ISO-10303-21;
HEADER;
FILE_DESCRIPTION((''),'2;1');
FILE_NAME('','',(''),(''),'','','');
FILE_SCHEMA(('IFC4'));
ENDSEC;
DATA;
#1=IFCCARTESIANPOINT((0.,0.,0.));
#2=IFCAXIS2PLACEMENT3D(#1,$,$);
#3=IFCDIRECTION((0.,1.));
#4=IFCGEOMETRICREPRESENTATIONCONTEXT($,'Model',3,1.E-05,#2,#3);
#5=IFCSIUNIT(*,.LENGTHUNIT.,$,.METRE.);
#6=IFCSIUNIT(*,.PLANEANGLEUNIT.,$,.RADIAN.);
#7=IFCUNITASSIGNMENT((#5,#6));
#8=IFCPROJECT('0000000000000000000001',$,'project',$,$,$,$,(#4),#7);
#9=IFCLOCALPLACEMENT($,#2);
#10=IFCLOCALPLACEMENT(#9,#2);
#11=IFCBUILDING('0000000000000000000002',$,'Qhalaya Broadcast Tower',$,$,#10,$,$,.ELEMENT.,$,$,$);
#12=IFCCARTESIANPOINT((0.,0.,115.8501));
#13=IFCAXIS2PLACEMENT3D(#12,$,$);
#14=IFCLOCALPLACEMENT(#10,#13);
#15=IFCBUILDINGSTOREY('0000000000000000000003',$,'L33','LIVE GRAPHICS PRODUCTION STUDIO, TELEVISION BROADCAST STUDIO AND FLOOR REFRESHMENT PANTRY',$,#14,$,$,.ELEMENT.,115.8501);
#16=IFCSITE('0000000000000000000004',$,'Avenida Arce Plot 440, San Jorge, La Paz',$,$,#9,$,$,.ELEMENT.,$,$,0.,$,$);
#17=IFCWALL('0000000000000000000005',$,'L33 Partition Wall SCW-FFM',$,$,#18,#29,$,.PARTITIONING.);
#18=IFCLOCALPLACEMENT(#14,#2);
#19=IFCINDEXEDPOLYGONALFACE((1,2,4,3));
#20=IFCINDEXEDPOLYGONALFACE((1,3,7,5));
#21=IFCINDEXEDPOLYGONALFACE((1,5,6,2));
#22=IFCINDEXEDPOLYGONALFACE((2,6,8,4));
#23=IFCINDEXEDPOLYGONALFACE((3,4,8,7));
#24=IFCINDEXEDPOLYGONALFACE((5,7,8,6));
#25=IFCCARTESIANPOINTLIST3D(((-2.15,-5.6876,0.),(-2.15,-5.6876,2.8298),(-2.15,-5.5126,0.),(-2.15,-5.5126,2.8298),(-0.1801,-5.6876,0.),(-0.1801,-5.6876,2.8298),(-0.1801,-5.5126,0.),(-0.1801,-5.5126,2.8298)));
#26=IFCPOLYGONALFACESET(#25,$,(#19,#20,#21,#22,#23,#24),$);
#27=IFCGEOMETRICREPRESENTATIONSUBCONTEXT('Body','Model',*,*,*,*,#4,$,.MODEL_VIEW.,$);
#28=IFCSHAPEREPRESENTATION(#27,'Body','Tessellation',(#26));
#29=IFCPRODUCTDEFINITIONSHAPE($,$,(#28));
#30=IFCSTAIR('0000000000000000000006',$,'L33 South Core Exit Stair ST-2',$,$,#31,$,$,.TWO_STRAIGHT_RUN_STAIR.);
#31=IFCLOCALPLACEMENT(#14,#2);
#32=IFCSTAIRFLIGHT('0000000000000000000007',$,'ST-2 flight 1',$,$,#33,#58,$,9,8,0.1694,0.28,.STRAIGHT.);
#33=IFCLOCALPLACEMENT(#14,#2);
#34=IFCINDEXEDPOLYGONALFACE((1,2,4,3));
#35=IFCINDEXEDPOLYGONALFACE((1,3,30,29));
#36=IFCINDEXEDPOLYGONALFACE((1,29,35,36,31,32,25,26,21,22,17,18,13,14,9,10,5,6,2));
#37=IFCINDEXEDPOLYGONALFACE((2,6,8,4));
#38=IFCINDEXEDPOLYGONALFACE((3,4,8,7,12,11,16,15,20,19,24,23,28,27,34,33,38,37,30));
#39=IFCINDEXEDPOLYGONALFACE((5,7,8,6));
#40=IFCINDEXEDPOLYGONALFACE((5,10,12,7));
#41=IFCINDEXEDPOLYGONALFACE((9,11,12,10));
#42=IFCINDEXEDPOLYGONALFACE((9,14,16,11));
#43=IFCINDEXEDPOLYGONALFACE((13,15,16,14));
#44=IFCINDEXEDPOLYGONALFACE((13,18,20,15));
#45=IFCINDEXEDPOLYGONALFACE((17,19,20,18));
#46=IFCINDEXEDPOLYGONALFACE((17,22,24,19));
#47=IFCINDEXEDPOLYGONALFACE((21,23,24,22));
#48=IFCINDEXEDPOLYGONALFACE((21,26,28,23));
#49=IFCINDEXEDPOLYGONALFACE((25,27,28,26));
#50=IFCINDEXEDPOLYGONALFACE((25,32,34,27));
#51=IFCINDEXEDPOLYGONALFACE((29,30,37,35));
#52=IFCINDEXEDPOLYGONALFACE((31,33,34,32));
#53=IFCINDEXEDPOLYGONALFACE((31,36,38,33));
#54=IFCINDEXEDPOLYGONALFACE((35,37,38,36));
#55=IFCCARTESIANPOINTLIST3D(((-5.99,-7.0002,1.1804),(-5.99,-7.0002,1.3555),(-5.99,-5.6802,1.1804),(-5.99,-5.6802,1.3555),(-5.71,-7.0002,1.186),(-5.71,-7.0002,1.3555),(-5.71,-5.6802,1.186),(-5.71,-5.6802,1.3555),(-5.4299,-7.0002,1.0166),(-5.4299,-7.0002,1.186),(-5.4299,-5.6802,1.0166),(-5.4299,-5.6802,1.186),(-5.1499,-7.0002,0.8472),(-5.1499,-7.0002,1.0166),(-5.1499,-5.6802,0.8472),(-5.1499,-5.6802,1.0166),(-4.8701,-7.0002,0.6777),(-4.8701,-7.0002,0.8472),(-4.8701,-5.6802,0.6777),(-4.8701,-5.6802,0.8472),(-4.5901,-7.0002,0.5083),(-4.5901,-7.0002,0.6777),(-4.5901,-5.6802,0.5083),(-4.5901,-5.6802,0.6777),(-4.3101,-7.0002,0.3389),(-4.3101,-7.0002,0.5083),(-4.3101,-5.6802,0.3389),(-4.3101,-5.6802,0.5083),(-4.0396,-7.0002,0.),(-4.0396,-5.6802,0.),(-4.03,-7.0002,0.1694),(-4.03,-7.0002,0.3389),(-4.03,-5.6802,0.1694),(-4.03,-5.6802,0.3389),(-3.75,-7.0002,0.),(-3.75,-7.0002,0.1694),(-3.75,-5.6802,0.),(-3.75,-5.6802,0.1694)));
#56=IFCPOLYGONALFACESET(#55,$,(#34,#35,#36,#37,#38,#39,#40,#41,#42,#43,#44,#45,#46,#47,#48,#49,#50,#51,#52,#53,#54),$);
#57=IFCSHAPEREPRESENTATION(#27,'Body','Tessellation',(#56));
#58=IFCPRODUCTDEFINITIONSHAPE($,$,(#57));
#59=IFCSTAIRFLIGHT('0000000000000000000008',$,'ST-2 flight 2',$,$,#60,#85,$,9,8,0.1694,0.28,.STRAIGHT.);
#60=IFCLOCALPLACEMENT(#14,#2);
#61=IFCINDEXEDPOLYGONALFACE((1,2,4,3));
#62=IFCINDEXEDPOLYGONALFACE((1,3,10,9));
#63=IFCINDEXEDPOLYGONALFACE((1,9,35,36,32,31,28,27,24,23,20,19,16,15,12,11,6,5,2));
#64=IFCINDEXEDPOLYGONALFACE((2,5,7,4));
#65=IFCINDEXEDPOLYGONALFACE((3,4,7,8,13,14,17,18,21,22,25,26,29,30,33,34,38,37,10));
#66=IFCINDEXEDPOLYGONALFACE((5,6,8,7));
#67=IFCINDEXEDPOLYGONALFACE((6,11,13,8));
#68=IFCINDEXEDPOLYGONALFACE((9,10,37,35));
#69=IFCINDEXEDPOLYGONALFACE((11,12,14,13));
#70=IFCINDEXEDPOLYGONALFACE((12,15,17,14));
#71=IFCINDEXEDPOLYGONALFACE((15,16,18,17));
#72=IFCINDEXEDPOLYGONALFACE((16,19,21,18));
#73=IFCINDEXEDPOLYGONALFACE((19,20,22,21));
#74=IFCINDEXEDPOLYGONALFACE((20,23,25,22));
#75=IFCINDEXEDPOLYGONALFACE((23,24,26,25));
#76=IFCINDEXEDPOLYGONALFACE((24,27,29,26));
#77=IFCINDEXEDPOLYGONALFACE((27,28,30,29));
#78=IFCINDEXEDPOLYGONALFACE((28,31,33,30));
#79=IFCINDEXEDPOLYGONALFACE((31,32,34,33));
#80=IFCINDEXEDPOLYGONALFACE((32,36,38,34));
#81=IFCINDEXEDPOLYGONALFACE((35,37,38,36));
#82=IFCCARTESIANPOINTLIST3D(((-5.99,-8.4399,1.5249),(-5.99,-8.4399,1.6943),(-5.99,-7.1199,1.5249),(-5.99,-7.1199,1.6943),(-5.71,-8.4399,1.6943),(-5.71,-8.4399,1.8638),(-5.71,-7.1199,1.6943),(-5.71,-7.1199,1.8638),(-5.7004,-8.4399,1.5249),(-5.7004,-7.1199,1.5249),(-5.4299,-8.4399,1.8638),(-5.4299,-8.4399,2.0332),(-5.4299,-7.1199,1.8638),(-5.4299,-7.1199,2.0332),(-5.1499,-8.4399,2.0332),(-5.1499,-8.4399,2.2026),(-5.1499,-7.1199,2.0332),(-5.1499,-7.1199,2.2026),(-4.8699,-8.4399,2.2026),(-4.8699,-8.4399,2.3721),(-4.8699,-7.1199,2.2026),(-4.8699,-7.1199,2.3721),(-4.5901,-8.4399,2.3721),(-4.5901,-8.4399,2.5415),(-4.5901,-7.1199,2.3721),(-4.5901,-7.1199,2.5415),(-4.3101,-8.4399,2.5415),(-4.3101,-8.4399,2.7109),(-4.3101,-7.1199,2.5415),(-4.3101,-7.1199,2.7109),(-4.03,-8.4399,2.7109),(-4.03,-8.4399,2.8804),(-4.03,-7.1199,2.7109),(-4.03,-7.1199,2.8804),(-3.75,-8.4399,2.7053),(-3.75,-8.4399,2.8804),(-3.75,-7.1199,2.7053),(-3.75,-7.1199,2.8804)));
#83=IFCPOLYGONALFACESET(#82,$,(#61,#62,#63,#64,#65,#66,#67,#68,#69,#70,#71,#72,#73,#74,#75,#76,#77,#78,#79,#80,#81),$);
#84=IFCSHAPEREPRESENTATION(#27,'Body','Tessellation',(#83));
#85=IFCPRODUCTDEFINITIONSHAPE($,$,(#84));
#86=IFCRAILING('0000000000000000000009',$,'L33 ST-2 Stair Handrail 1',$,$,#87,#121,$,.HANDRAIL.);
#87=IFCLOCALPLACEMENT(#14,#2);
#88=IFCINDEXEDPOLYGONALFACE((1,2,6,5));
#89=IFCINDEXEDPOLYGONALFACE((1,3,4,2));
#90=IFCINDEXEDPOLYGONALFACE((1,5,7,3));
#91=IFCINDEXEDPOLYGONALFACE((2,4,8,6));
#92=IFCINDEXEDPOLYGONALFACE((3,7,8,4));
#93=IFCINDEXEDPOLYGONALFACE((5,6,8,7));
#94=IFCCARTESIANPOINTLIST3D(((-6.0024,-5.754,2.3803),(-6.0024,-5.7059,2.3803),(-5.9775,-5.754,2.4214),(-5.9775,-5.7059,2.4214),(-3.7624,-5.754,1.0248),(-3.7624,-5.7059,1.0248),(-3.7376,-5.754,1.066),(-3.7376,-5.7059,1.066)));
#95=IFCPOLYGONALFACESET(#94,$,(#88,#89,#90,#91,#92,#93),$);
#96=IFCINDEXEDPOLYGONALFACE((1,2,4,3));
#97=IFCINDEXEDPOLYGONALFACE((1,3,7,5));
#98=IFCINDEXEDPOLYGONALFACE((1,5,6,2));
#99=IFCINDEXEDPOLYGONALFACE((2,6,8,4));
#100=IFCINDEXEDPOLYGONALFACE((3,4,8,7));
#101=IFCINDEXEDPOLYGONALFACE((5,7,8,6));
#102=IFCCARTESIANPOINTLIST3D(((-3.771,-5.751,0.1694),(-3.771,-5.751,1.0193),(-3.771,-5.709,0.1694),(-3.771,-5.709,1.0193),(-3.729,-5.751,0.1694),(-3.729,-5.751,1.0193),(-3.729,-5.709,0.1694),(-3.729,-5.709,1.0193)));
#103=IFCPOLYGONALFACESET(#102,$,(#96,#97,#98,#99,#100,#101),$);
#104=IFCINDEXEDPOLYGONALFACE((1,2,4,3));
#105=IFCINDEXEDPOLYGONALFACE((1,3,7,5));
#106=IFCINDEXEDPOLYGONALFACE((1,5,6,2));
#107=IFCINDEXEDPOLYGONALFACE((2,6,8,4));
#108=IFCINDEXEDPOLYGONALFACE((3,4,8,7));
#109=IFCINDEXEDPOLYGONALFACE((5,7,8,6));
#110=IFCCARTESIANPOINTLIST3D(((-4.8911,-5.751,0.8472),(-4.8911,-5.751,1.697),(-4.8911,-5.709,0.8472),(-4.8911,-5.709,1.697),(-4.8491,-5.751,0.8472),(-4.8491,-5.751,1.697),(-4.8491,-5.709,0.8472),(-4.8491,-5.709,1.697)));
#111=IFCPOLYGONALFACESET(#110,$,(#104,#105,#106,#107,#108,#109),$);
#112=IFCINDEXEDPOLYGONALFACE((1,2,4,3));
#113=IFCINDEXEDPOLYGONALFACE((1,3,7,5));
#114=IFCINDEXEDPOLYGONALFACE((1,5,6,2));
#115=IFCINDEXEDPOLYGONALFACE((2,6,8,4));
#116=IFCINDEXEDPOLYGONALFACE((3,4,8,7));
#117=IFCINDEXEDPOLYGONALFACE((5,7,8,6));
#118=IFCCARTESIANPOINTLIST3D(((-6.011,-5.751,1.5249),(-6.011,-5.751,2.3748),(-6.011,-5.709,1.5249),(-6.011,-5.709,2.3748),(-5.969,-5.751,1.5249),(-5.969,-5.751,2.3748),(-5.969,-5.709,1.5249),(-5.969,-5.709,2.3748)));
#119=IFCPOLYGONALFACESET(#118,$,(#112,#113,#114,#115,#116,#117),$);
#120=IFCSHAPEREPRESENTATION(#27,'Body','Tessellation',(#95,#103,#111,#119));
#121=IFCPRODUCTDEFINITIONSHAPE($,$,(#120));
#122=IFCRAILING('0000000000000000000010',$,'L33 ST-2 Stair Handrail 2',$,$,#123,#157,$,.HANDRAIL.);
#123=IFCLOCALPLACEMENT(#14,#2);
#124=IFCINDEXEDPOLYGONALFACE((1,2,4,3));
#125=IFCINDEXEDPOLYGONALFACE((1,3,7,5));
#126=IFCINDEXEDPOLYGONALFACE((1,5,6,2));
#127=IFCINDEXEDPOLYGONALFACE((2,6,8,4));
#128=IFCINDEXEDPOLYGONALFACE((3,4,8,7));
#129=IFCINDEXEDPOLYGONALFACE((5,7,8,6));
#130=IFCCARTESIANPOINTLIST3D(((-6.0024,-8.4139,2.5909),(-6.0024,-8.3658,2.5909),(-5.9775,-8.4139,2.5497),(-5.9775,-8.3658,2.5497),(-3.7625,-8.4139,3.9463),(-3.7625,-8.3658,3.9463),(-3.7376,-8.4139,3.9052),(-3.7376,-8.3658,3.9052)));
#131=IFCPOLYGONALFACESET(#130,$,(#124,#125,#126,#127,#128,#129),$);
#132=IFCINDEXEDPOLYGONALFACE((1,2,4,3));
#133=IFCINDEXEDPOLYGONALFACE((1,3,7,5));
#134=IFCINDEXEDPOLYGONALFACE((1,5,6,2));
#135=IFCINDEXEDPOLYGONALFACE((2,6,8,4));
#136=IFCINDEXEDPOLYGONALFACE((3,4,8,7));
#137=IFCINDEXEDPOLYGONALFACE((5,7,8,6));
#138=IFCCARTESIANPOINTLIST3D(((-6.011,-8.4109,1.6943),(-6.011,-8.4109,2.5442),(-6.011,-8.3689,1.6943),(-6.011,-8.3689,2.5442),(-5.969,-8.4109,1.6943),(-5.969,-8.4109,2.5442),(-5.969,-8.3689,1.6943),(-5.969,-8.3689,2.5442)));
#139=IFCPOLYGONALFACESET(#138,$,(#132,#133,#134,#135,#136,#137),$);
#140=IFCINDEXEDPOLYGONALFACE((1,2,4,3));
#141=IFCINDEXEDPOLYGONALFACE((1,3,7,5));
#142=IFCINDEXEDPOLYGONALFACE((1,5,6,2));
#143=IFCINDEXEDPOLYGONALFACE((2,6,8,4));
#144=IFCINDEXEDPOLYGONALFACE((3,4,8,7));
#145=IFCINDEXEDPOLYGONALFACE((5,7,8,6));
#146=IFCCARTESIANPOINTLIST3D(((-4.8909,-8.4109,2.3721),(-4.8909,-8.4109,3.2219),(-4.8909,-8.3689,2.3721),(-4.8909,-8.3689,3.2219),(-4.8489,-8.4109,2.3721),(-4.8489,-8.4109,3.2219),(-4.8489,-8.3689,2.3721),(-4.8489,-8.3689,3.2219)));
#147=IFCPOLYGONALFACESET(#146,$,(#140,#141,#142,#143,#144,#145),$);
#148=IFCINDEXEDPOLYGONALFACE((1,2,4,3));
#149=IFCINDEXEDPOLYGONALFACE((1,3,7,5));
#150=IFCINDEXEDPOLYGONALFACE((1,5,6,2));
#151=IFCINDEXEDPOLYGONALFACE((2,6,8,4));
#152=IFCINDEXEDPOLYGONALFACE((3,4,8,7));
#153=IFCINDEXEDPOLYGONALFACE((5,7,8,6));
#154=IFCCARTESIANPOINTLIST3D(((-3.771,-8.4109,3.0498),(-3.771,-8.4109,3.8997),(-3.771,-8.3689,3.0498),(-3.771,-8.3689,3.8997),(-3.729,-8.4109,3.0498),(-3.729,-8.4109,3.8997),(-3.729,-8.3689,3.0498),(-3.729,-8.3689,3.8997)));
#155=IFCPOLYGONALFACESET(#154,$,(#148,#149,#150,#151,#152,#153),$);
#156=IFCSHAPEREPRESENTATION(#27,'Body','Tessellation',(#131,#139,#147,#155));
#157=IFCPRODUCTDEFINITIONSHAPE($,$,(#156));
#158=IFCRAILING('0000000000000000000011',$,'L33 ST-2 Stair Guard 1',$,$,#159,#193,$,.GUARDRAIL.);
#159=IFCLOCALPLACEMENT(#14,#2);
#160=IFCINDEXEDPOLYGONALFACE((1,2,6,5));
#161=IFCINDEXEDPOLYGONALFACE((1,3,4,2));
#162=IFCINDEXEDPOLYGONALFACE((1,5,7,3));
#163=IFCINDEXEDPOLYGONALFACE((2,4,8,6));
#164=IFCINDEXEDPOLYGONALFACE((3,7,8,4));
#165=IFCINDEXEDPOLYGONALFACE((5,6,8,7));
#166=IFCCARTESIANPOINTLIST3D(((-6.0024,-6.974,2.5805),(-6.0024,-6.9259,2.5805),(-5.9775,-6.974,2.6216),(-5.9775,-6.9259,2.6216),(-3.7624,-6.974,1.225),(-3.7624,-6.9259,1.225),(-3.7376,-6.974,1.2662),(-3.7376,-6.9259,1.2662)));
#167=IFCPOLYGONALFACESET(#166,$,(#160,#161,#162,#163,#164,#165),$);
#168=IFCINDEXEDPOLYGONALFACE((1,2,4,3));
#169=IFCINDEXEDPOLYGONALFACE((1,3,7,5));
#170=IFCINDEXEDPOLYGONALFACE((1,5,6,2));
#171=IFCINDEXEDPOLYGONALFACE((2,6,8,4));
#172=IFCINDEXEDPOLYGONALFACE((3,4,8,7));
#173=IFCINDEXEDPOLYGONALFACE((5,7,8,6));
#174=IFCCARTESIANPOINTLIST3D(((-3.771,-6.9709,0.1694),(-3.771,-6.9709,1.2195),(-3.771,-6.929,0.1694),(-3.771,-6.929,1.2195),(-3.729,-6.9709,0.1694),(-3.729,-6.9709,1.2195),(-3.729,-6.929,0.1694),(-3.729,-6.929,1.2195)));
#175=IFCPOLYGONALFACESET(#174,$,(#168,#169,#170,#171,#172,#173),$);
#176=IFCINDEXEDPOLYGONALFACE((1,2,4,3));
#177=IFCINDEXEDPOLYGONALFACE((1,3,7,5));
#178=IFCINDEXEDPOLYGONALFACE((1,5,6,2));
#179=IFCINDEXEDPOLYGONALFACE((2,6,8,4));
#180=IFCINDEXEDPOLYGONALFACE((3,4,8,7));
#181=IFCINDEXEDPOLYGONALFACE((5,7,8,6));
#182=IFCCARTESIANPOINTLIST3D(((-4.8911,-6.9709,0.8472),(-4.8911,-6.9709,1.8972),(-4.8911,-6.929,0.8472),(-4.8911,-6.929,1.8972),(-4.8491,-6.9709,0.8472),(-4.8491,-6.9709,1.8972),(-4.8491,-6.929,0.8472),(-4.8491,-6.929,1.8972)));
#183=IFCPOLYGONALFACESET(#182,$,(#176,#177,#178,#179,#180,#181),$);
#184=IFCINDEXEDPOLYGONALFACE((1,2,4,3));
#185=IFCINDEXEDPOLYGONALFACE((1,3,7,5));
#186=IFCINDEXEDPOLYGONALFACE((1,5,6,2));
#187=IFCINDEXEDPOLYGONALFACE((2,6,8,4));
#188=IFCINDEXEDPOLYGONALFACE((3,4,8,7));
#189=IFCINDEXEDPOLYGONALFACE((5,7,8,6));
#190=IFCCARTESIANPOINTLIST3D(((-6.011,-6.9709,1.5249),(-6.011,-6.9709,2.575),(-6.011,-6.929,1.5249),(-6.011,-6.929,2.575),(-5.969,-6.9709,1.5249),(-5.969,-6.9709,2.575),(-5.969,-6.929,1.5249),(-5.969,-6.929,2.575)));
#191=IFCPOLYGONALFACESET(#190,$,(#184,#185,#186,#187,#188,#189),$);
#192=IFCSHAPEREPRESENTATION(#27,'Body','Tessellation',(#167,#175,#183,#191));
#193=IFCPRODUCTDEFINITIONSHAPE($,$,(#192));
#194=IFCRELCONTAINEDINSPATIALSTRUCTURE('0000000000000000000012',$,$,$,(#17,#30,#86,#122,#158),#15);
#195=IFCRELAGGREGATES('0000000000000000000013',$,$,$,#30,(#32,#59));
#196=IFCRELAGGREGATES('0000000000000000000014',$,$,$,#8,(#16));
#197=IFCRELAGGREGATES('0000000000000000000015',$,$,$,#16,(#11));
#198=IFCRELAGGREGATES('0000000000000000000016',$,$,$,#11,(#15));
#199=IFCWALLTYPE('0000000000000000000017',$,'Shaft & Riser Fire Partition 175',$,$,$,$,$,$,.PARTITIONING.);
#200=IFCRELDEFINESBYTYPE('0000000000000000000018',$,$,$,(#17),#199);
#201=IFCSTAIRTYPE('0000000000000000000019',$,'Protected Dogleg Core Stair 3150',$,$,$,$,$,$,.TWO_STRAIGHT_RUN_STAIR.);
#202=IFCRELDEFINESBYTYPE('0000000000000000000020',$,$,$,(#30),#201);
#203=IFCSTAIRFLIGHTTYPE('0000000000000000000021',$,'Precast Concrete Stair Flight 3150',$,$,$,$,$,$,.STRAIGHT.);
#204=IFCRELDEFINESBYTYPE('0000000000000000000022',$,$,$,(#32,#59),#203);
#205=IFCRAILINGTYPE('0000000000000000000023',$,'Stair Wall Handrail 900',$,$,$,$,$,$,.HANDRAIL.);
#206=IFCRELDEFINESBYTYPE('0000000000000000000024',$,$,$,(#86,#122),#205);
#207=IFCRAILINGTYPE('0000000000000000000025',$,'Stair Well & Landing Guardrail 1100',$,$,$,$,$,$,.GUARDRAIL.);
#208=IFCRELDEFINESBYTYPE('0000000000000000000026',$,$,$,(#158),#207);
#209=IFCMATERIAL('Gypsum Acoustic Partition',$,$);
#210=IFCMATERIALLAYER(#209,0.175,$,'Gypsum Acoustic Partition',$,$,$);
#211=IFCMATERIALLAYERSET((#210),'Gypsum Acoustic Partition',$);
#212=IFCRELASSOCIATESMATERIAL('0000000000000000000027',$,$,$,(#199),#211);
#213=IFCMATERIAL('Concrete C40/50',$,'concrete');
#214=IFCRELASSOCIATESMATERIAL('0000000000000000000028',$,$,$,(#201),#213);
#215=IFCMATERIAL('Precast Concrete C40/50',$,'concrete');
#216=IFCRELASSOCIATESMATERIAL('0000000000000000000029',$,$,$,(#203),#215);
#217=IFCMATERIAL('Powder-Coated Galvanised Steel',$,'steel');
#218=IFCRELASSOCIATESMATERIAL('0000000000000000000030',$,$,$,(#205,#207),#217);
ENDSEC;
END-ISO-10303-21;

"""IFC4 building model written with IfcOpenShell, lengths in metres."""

from ifc_helpers import new_model, si_unit, direction, frame, frame_2d, origin, origin_2d, place, context, subcontext, project, spatial, polyline, rectangle, outline, extrude, material, layer, layer_set, type_object, element, aggregate, save


model = new_model("IFC4")

# Units and contexts
model_context = context("Model", 3, precision=1e-05, world=origin(), true_north=direction((0.0, 1.0)))
body_context = subcontext(model_context, "Body", "Model", "MODEL_VIEW")
ifc_project = project(units=[si_unit("LENGTHUNIT", "METRE"), si_unit("PLANEANGLEUNIT", "RADIAN")], contexts=[model_context])

# Site, building, storey
site_placement = place(None, origin())
site = spatial("IfcSite", under=ifc_project, at=site_placement, Name="Avenida Arce Plot 440, San Jorge, La Paz", CompositionType="ELEMENT", RefElevation=0.0)
building_placement = place(site_placement, origin())
building = spatial("IfcBuilding", under=site, at=building_placement, Name="Qhalaya Broadcast Tower", CompositionType="ELEMENT")
storey_placement = place(building_placement, frame((0.0, 0.0, 115.8501)))
storey = spatial("IfcBuildingStorey", under=building, at=storey_placement, Name="L33", Description="LIVE GRAPHICS PRODUCTION STUDIO, TELEVISION BROADCAST STUDIO AND FLOOR REFRESHMENT PANTRY", CompositionType="ELEMENT", Elevation=115.8501)

# Shared definitions
ifc_material_1 = material(Name="Precast Concrete C40/50", Category="concrete")

# Wall
ifc_material_2 = material(Name="Gypsum Acoustic Partition")
ifc_layer_1 = layer(ifc_material_2, 0.175, Name="Gypsum Acoustic Partition")
ifc_layer_set_1 = layer_set([ifc_layer_1], Name="Gypsum Acoustic Partition")
wall_type_1 = type_object("IfcWallType", Name="Shaft & Riser Fire Partition 175", PredefinedType="PARTITIONING", material=ifc_layer_set_1)
wall_1_placement = place(storey_placement, frame((-2.1499, -5.6001, 0.0), z_axis=(0.0, 0.0, 1.0), x_axis=(1.0, 0.0, 0.0)))
element("IfcWall", 1, at=wall_1_placement, inside=storey, type_object=wall_type_1, Name="L33 Partition Wall SCW-FFM", PredefinedType="PARTITIONING", context=body_context, shape_type="SweptSolid", body=[
    extrude(rectangle(XDim=1.97, YDim=0.175, at=frame_2d((0.9849, 0.0))), origin(), (0.0, 0.0, 1.0), 2.8298),
])

# Stair, stair flights
ifc_material_3 = material(Name="Concrete C40/50", Category="concrete")
stair_type = type_object("IfcStairType", Name="Protected Dogleg Core Stair 3150", PredefinedType="TWO_STRAIGHT_RUN_STAIR", material=ifc_material_3)
stair_placement = place(storey_placement, origin())
stair = element("IfcStair", 2, at=stair_placement, inside=storey, type_object=stair_type, Name="L33 South Core Exit Stair ST-2", PredefinedType="TWO_STRAIGHT_RUN_STAIR")
stair_flight_type = type_object("IfcStairFlightType", Name="Precast Concrete Stair Flight 3150", PredefinedType="STRAIGHT", material=ifc_material_1)
stair_flight_1_placement = place(storey_placement, frame((-3.75, -6.3401, 0.0), z_axis=(0.0, 0.0, 1.0), x_axis=(-1.0, 0.0, 0.0)))
stair_flight_1 = element("IfcStairFlight", 3, at=stair_flight_1_placement, type_object=stair_flight_type, Name="ST-2 flight 1", NumberOfRisers=9, NumberOfTreads=8, PredefinedType="STRAIGHT", RiserHeight=0.1694, TreadLength=0.28, context=body_context, shape_type="SweptSolid", body=[
    extrude(outline(polyline([(0.0, 0.0), (0.0, 0.1694), (0.28, 0.1694), (0.28, 0.3389), (0.5601, 0.3389), (0.5601, 0.5083), (0.8401, 0.5083), (0.8401, 0.6777), (1.1201, 0.6777), (1.1201, 0.8472), (1.3999, 0.8472), (1.3999, 1.0166), (1.6799, 1.0166), (1.6799, 1.186), (1.96, 1.186), (1.96, 1.3555), (2.24, 1.3555), (2.24, 1.5249), (2.24, 1.1804), (0.2896, 0.0), (0.0, 0.0)])), frame((0.0, 0.6602, 0.0), z_axis=(0.0, -1.0, 0.0), x_axis=(1.0, 0.0, 0.0)), (0.0, 0.0, 1.0), 1.3201),
])
stair_flight_2_placement = place(storey_placement, frame((-5.99, -7.78, 1.5249), z_axis=(0.0, 0.0, 1.0), x_axis=(1.0, 0.0, 0.0)))
stair_flight_2 = element("IfcStairFlight", 4, at=stair_flight_2_placement, type_object=stair_flight_type, Name="ST-2 flight 2", NumberOfRisers=9, NumberOfTreads=8, PredefinedType="STRAIGHT", RiserHeight=0.1694, TreadLength=0.28, context=body_context, shape_type="SweptSolid", body=[
    extrude(outline(polyline([(0.0, 0.0), (0.0, 0.1694), (0.28, 0.1694), (0.28, 0.3389), (0.5601, 0.3389), (0.5601, 0.5083), (0.8401, 0.5083), (0.8401, 0.6777), (1.1201, 0.6777), (1.1201, 0.8472), (1.3999, 0.8472), (1.3999, 1.0166), (1.6799, 1.0166), (1.6799, 1.186), (1.96, 1.186), (1.96, 1.3555), (2.24, 1.3555), (2.24, 1.5249), (2.24, 1.1804), (0.2896, 0.0), (0.0, 0.0)])), frame((0.0, 0.6602, 0.0), z_axis=(0.0, -1.0, 0.0), x_axis=(1.0, 0.0, 0.0)), (0.0, 0.0, 1.0), 1.3201),
])
aggregate(stair, [stair_flight_1, stair_flight_2])

# Railings
ifc_material_4 = material(Name="Powder-Coated Galvanised Steel", Category="steel")
railing_type_1 = type_object("IfcRailingType", Name="Stair Wall Handrail 900", PredefinedType="HANDRAIL", material=ifc_material_4)
railing_1_placement = place(storey_placement, frame((-3.75, -5.73, 0.1694)))
element("IfcRailing", 5, at=railing_1_placement, inside=storey, type_object=railing_type_1, Name="L33 ST-2 Stair Handrail 1", PredefinedType="HANDRAIL", context=body_context, shape_type="SweptSolid", body=[
    extrude(rectangle(XDim=0.0481, YDim=0.0481, at=origin_2d()), frame((0.0, 0.0, 0.876), z_axis=(-0.855553, 0.0, 0.517715), x_axis=(0.0, -1.0, 0.0)), (0.0, 0.0, 1.0), 2.6182),
    extrude(rectangle(XDim=0.042, YDim=0.042, at=origin_2d()), origin(), (0.0, 0.0, 1.0), 0.8499),
    extrude(rectangle(XDim=0.042, YDim=0.042, at=origin_2d()), frame((-1.1201, 0.0, 0.6777)), (0.0, 0.0, 1.0), 0.8499),
    extrude(rectangle(XDim=0.042, YDim=0.042, at=origin_2d()), frame((-2.24, 0.0, 1.3555)), (0.0, 0.0, 1.0), 0.8499),
])
railing_2_placement = place(storey_placement, frame((-5.99, -8.3899, 1.6943)))
element("IfcRailing", 6, at=railing_2_placement, inside=storey, type_object=railing_type_1, Name="L33 ST-2 Stair Handrail 2", PredefinedType="HANDRAIL", context=body_context, shape_type="SweptSolid", body=[
    extrude(rectangle(XDim=0.0481, YDim=0.0481, at=origin_2d()), frame((0.0, 0.0, 0.876), z_axis=(0.855553, 0.0, 0.517715), x_axis=(0.0, 1.0, 0.0)), (0.0, 0.0, 1.0), 2.6182),
    extrude(rectangle(XDim=0.042, YDim=0.042, at=origin_2d()), origin(), (0.0, 0.0, 1.0), 0.8499),
    extrude(rectangle(XDim=0.042, YDim=0.042, at=origin_2d()), frame((1.1201, 0.0, 0.6777)), (0.0, 0.0, 1.0), 0.8499),
    extrude(rectangle(XDim=0.042, YDim=0.042, at=origin_2d()), frame((2.24, 0.0, 1.3555)), (0.0, 0.0, 1.0), 0.8499),
])
railing_type_2 = type_object("IfcRailingType", Name="Stair Well & Landing Guardrail 1100", PredefinedType="GUARDRAIL", material=ifc_material_4)
railing_3_placement = place(storey_placement, frame((-3.75, -6.95, 0.1694)))
element("IfcRailing", 7, at=railing_3_placement, inside=storey, type_object=railing_type_2, Name="L33 ST-2 Stair Guard 1", PredefinedType="GUARDRAIL", context=body_context, shape_type="SweptSolid", body=[
    extrude(rectangle(XDim=0.0481, YDim=0.0481, at=origin_2d()), frame((0.0, 0.0, 1.0762), z_axis=(-0.855553, 0.0, 0.517715), x_axis=(0.0, -1.0, 0.0)), (0.0, 0.0, 1.0), 2.6182),
    extrude(rectangle(XDim=0.042, YDim=0.042, at=origin_2d()), origin(), (0.0, 0.0, 1.0), 1.05),
    extrude(rectangle(XDim=0.042, YDim=0.042, at=origin_2d()), frame((-1.1201, 0.0, 0.6777)), (0.0, 0.0, 1.0), 1.05),
    extrude(rectangle(XDim=0.042, YDim=0.042, at=origin_2d()), frame((-2.24, 0.0, 1.3555)), (0.0, 0.0, 1.0), 1.05),
])

save(model, "model.ifc")
